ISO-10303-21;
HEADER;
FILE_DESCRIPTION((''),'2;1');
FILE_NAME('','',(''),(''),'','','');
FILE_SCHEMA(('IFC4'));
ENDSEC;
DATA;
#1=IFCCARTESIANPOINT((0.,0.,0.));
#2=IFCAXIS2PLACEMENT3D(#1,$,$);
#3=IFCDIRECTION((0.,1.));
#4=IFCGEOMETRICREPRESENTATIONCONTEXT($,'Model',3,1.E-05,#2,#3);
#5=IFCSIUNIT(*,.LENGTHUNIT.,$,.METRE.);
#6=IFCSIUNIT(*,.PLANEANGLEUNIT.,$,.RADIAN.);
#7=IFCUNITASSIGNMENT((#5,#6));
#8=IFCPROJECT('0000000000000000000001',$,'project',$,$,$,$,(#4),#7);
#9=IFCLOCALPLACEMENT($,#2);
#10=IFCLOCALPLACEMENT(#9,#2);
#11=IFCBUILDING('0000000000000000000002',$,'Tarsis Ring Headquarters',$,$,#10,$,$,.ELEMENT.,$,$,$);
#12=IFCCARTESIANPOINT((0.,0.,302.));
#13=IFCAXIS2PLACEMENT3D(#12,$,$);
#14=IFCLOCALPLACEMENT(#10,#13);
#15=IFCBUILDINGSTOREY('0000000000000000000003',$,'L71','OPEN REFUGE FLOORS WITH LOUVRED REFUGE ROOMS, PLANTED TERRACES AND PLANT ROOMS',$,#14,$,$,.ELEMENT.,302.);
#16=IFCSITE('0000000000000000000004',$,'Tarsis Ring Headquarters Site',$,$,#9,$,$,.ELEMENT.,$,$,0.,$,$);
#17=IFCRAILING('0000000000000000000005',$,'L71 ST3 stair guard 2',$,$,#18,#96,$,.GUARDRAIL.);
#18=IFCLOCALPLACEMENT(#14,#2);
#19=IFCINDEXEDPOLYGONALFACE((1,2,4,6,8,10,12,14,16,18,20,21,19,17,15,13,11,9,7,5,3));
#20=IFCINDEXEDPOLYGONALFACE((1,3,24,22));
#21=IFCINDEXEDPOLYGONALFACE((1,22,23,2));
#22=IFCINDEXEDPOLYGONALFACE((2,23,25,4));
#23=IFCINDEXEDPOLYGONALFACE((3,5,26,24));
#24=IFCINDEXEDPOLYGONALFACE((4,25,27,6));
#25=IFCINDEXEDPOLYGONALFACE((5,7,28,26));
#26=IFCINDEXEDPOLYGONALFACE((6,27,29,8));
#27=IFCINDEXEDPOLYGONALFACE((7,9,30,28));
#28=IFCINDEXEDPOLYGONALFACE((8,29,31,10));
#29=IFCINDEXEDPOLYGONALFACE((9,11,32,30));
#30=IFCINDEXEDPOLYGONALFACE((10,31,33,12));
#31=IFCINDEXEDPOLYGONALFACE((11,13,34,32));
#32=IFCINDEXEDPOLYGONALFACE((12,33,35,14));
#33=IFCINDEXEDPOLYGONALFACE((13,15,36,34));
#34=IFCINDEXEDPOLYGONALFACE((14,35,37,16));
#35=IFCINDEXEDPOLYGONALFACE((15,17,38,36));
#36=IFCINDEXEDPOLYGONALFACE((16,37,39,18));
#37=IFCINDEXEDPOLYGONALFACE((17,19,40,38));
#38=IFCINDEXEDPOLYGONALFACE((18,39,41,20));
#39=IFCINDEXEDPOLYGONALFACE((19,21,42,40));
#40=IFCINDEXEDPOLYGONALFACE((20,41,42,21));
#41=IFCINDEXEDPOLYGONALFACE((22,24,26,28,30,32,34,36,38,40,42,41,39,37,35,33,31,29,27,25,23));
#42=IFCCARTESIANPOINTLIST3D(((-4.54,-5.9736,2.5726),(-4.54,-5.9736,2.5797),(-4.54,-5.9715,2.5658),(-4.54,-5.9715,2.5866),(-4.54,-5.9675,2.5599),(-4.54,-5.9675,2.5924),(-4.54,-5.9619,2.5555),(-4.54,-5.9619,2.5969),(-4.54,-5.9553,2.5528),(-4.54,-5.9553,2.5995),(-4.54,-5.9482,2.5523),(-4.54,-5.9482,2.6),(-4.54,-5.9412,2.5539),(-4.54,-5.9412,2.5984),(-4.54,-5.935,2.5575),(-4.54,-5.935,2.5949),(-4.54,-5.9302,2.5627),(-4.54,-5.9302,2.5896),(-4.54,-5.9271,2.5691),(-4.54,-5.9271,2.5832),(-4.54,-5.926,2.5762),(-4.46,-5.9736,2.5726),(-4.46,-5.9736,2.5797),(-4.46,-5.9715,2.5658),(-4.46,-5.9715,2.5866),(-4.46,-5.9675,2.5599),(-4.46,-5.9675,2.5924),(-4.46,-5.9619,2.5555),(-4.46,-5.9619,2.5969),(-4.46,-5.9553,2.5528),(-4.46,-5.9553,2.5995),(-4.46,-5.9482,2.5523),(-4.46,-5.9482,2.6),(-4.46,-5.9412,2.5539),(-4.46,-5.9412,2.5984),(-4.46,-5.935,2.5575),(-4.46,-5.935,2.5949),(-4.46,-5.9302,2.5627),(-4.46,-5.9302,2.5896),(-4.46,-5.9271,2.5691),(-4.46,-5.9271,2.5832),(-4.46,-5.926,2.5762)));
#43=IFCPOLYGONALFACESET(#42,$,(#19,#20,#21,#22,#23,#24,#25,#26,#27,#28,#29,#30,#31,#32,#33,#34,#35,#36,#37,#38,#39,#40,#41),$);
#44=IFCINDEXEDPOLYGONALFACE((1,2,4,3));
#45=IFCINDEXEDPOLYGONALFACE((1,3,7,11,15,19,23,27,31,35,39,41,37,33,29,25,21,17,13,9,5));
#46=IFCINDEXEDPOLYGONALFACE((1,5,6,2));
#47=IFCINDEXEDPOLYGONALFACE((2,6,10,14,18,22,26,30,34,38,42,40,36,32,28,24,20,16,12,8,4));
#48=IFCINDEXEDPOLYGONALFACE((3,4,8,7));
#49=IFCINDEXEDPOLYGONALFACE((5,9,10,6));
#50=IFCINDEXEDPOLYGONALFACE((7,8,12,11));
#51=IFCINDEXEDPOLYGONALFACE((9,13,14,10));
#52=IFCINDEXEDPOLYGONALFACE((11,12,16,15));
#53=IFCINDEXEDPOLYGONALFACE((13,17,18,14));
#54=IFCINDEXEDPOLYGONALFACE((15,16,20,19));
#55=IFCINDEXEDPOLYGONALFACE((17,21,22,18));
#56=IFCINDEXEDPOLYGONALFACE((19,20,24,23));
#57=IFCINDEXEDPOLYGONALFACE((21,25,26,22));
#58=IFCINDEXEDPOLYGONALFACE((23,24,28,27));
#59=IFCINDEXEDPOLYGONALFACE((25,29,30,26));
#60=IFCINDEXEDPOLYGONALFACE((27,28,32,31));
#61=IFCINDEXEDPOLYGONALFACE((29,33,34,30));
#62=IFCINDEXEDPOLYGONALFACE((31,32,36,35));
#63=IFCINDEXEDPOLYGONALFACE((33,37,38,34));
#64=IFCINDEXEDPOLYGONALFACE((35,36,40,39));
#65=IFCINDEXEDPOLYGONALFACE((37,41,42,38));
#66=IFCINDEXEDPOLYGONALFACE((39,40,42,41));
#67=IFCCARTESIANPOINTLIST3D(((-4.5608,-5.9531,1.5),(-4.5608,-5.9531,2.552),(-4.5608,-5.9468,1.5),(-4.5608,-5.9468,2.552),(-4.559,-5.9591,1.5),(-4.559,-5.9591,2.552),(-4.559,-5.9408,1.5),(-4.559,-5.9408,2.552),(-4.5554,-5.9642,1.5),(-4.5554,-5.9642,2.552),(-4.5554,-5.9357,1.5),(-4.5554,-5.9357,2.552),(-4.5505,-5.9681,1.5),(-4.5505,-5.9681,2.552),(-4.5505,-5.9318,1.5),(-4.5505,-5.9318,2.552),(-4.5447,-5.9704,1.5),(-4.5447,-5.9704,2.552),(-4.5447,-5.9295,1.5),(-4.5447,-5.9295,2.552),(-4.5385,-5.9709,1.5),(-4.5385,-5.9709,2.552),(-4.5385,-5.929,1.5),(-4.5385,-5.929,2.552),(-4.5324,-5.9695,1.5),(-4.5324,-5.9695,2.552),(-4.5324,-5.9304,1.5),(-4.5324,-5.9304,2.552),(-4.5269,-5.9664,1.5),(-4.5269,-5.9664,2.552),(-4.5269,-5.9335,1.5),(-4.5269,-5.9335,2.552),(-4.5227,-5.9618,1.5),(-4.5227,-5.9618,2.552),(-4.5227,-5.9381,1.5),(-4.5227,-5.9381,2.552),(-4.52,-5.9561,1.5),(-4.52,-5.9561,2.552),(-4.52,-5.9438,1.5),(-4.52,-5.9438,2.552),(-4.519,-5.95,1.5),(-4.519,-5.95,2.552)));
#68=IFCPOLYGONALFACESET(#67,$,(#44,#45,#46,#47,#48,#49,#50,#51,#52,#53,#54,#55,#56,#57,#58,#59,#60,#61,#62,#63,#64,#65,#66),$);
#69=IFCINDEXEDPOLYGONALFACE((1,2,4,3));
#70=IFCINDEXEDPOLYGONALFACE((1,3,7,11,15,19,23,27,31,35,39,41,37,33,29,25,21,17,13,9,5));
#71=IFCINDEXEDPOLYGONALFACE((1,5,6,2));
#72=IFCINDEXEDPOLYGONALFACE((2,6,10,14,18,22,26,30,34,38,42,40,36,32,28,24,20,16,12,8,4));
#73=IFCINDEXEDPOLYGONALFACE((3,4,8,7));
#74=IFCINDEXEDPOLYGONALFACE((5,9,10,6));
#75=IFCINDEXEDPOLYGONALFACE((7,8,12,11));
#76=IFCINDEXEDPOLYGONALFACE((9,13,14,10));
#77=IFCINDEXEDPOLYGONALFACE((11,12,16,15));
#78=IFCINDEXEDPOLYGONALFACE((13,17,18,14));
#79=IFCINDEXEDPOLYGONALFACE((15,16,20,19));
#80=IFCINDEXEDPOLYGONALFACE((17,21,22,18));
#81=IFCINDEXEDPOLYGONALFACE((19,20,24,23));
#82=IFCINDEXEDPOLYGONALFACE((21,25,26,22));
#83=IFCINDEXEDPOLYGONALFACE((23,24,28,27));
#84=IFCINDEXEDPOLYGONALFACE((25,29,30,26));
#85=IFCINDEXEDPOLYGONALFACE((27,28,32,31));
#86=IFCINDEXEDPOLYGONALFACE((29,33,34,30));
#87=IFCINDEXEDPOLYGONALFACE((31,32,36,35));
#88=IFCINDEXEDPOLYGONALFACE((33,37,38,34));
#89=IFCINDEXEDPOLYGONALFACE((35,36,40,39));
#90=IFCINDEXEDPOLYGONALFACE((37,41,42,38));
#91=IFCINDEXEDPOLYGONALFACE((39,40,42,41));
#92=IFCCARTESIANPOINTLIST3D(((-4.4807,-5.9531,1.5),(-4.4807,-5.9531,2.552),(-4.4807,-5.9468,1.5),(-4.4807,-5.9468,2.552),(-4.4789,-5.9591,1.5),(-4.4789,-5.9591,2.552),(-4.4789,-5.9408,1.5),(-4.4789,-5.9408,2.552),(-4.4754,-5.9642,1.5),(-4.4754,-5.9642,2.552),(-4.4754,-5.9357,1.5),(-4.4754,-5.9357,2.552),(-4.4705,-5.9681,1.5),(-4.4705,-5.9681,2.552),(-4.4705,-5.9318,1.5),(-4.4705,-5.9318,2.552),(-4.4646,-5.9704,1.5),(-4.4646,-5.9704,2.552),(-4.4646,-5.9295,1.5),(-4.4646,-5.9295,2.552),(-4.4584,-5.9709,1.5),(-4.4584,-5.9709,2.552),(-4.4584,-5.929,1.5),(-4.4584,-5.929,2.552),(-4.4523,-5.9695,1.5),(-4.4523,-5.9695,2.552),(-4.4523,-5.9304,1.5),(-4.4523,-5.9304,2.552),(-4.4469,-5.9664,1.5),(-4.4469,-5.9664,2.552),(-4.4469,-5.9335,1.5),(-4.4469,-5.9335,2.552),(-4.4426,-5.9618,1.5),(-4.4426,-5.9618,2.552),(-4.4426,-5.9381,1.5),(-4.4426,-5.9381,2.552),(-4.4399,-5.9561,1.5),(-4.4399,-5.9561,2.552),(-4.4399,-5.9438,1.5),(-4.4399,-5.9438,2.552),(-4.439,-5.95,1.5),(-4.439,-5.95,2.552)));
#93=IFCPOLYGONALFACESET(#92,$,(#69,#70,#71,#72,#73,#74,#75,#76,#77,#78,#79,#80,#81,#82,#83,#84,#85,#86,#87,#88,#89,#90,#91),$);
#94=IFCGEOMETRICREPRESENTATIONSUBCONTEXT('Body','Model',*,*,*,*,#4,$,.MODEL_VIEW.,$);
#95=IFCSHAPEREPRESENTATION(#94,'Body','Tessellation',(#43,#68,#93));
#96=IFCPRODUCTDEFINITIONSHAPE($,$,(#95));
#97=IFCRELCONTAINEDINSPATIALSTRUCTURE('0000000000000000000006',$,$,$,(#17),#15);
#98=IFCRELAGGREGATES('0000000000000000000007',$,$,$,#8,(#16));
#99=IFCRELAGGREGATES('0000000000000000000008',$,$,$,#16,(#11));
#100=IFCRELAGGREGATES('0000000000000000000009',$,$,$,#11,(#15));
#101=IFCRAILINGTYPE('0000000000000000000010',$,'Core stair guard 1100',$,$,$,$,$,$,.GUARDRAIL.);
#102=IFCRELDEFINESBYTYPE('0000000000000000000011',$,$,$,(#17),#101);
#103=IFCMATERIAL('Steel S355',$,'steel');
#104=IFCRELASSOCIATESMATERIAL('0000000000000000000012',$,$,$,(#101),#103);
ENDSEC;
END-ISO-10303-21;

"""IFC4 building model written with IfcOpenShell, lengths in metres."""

from ifc_helpers import new_model, si_unit, direction, frame, origin, origin_2d, place, context, subcontext, project, spatial, circle, extrude, material, type_object, element, save


model = new_model("IFC4")

# Units and contexts
model_context = context("Model", 3, precision=1e-05, world=origin(), true_north=direction((0.0, 1.0)))
body_context = subcontext(model_context, "Body", "Model", "MODEL_VIEW")
ifc_project = project(units=[si_unit("LENGTHUNIT", "METRE"), si_unit("PLANEANGLEUNIT", "RADIAN")], contexts=[model_context])

# Site, building, storey
site_placement = place(None, origin())
site = spatial("IfcSite", under=ifc_project, at=site_placement, Name="Tarsis Ring Headquarters Site", CompositionType="ELEMENT", RefElevation=0.0)
building_placement = place(site_placement, origin())
building = spatial("IfcBuilding", under=site, at=building_placement, Name="Tarsis Ring Headquarters", CompositionType="ELEMENT")
storey_placement = place(building_placement, frame((0.0, 0.0, 302.0)))
storey = spatial("IfcBuildingStorey", under=building, at=storey_placement, Name="L71", Description="OPEN REFUGE FLOORS WITH LOUVRED REFUGE ROOMS, PLANTED TERRACES AND PLANT ROOMS", CompositionType="ELEMENT", Elevation=302.0)

# Railing
ifc_material_1 = material(Name="Steel S355", Category="steel")
railing_type_1 = type_object("IfcRailingType", Name="Core stair guard 1100", PredefinedType="GUARDRAIL", material=ifc_material_1)
railing_1_placement = place(storey_placement, frame((-4.54, -5.95, 1.5)))
element("IfcRailing", 1, at=railing_1_placement, inside=storey, type_object=railing_type_1, Name="L71 ST3 stair guard 2", PredefinedType="GUARDRAIL", context=body_context, shape_type="SweptSolid", body=[
    extrude(circle(Radius=0.0239, at=origin_2d()), frame((0.0, 0.0, 1.0762), z_axis=(1.0, 0.0, 0.0), x_axis=(0.0, 1.0, 0.0)), (0.0, 0.0, 1.0), 0.0801),
    extrude(circle(Radius=0.021, at=origin_2d()), origin(), (0.0, 0.0, 1.0), 1.052),
    extrude(circle(Radius=0.021, at=origin_2d()), frame((0.0801, 0.0, 0.0)), (0.0, 0.0, 1.0), 1.052),
])

save(model, "model.ifc")
